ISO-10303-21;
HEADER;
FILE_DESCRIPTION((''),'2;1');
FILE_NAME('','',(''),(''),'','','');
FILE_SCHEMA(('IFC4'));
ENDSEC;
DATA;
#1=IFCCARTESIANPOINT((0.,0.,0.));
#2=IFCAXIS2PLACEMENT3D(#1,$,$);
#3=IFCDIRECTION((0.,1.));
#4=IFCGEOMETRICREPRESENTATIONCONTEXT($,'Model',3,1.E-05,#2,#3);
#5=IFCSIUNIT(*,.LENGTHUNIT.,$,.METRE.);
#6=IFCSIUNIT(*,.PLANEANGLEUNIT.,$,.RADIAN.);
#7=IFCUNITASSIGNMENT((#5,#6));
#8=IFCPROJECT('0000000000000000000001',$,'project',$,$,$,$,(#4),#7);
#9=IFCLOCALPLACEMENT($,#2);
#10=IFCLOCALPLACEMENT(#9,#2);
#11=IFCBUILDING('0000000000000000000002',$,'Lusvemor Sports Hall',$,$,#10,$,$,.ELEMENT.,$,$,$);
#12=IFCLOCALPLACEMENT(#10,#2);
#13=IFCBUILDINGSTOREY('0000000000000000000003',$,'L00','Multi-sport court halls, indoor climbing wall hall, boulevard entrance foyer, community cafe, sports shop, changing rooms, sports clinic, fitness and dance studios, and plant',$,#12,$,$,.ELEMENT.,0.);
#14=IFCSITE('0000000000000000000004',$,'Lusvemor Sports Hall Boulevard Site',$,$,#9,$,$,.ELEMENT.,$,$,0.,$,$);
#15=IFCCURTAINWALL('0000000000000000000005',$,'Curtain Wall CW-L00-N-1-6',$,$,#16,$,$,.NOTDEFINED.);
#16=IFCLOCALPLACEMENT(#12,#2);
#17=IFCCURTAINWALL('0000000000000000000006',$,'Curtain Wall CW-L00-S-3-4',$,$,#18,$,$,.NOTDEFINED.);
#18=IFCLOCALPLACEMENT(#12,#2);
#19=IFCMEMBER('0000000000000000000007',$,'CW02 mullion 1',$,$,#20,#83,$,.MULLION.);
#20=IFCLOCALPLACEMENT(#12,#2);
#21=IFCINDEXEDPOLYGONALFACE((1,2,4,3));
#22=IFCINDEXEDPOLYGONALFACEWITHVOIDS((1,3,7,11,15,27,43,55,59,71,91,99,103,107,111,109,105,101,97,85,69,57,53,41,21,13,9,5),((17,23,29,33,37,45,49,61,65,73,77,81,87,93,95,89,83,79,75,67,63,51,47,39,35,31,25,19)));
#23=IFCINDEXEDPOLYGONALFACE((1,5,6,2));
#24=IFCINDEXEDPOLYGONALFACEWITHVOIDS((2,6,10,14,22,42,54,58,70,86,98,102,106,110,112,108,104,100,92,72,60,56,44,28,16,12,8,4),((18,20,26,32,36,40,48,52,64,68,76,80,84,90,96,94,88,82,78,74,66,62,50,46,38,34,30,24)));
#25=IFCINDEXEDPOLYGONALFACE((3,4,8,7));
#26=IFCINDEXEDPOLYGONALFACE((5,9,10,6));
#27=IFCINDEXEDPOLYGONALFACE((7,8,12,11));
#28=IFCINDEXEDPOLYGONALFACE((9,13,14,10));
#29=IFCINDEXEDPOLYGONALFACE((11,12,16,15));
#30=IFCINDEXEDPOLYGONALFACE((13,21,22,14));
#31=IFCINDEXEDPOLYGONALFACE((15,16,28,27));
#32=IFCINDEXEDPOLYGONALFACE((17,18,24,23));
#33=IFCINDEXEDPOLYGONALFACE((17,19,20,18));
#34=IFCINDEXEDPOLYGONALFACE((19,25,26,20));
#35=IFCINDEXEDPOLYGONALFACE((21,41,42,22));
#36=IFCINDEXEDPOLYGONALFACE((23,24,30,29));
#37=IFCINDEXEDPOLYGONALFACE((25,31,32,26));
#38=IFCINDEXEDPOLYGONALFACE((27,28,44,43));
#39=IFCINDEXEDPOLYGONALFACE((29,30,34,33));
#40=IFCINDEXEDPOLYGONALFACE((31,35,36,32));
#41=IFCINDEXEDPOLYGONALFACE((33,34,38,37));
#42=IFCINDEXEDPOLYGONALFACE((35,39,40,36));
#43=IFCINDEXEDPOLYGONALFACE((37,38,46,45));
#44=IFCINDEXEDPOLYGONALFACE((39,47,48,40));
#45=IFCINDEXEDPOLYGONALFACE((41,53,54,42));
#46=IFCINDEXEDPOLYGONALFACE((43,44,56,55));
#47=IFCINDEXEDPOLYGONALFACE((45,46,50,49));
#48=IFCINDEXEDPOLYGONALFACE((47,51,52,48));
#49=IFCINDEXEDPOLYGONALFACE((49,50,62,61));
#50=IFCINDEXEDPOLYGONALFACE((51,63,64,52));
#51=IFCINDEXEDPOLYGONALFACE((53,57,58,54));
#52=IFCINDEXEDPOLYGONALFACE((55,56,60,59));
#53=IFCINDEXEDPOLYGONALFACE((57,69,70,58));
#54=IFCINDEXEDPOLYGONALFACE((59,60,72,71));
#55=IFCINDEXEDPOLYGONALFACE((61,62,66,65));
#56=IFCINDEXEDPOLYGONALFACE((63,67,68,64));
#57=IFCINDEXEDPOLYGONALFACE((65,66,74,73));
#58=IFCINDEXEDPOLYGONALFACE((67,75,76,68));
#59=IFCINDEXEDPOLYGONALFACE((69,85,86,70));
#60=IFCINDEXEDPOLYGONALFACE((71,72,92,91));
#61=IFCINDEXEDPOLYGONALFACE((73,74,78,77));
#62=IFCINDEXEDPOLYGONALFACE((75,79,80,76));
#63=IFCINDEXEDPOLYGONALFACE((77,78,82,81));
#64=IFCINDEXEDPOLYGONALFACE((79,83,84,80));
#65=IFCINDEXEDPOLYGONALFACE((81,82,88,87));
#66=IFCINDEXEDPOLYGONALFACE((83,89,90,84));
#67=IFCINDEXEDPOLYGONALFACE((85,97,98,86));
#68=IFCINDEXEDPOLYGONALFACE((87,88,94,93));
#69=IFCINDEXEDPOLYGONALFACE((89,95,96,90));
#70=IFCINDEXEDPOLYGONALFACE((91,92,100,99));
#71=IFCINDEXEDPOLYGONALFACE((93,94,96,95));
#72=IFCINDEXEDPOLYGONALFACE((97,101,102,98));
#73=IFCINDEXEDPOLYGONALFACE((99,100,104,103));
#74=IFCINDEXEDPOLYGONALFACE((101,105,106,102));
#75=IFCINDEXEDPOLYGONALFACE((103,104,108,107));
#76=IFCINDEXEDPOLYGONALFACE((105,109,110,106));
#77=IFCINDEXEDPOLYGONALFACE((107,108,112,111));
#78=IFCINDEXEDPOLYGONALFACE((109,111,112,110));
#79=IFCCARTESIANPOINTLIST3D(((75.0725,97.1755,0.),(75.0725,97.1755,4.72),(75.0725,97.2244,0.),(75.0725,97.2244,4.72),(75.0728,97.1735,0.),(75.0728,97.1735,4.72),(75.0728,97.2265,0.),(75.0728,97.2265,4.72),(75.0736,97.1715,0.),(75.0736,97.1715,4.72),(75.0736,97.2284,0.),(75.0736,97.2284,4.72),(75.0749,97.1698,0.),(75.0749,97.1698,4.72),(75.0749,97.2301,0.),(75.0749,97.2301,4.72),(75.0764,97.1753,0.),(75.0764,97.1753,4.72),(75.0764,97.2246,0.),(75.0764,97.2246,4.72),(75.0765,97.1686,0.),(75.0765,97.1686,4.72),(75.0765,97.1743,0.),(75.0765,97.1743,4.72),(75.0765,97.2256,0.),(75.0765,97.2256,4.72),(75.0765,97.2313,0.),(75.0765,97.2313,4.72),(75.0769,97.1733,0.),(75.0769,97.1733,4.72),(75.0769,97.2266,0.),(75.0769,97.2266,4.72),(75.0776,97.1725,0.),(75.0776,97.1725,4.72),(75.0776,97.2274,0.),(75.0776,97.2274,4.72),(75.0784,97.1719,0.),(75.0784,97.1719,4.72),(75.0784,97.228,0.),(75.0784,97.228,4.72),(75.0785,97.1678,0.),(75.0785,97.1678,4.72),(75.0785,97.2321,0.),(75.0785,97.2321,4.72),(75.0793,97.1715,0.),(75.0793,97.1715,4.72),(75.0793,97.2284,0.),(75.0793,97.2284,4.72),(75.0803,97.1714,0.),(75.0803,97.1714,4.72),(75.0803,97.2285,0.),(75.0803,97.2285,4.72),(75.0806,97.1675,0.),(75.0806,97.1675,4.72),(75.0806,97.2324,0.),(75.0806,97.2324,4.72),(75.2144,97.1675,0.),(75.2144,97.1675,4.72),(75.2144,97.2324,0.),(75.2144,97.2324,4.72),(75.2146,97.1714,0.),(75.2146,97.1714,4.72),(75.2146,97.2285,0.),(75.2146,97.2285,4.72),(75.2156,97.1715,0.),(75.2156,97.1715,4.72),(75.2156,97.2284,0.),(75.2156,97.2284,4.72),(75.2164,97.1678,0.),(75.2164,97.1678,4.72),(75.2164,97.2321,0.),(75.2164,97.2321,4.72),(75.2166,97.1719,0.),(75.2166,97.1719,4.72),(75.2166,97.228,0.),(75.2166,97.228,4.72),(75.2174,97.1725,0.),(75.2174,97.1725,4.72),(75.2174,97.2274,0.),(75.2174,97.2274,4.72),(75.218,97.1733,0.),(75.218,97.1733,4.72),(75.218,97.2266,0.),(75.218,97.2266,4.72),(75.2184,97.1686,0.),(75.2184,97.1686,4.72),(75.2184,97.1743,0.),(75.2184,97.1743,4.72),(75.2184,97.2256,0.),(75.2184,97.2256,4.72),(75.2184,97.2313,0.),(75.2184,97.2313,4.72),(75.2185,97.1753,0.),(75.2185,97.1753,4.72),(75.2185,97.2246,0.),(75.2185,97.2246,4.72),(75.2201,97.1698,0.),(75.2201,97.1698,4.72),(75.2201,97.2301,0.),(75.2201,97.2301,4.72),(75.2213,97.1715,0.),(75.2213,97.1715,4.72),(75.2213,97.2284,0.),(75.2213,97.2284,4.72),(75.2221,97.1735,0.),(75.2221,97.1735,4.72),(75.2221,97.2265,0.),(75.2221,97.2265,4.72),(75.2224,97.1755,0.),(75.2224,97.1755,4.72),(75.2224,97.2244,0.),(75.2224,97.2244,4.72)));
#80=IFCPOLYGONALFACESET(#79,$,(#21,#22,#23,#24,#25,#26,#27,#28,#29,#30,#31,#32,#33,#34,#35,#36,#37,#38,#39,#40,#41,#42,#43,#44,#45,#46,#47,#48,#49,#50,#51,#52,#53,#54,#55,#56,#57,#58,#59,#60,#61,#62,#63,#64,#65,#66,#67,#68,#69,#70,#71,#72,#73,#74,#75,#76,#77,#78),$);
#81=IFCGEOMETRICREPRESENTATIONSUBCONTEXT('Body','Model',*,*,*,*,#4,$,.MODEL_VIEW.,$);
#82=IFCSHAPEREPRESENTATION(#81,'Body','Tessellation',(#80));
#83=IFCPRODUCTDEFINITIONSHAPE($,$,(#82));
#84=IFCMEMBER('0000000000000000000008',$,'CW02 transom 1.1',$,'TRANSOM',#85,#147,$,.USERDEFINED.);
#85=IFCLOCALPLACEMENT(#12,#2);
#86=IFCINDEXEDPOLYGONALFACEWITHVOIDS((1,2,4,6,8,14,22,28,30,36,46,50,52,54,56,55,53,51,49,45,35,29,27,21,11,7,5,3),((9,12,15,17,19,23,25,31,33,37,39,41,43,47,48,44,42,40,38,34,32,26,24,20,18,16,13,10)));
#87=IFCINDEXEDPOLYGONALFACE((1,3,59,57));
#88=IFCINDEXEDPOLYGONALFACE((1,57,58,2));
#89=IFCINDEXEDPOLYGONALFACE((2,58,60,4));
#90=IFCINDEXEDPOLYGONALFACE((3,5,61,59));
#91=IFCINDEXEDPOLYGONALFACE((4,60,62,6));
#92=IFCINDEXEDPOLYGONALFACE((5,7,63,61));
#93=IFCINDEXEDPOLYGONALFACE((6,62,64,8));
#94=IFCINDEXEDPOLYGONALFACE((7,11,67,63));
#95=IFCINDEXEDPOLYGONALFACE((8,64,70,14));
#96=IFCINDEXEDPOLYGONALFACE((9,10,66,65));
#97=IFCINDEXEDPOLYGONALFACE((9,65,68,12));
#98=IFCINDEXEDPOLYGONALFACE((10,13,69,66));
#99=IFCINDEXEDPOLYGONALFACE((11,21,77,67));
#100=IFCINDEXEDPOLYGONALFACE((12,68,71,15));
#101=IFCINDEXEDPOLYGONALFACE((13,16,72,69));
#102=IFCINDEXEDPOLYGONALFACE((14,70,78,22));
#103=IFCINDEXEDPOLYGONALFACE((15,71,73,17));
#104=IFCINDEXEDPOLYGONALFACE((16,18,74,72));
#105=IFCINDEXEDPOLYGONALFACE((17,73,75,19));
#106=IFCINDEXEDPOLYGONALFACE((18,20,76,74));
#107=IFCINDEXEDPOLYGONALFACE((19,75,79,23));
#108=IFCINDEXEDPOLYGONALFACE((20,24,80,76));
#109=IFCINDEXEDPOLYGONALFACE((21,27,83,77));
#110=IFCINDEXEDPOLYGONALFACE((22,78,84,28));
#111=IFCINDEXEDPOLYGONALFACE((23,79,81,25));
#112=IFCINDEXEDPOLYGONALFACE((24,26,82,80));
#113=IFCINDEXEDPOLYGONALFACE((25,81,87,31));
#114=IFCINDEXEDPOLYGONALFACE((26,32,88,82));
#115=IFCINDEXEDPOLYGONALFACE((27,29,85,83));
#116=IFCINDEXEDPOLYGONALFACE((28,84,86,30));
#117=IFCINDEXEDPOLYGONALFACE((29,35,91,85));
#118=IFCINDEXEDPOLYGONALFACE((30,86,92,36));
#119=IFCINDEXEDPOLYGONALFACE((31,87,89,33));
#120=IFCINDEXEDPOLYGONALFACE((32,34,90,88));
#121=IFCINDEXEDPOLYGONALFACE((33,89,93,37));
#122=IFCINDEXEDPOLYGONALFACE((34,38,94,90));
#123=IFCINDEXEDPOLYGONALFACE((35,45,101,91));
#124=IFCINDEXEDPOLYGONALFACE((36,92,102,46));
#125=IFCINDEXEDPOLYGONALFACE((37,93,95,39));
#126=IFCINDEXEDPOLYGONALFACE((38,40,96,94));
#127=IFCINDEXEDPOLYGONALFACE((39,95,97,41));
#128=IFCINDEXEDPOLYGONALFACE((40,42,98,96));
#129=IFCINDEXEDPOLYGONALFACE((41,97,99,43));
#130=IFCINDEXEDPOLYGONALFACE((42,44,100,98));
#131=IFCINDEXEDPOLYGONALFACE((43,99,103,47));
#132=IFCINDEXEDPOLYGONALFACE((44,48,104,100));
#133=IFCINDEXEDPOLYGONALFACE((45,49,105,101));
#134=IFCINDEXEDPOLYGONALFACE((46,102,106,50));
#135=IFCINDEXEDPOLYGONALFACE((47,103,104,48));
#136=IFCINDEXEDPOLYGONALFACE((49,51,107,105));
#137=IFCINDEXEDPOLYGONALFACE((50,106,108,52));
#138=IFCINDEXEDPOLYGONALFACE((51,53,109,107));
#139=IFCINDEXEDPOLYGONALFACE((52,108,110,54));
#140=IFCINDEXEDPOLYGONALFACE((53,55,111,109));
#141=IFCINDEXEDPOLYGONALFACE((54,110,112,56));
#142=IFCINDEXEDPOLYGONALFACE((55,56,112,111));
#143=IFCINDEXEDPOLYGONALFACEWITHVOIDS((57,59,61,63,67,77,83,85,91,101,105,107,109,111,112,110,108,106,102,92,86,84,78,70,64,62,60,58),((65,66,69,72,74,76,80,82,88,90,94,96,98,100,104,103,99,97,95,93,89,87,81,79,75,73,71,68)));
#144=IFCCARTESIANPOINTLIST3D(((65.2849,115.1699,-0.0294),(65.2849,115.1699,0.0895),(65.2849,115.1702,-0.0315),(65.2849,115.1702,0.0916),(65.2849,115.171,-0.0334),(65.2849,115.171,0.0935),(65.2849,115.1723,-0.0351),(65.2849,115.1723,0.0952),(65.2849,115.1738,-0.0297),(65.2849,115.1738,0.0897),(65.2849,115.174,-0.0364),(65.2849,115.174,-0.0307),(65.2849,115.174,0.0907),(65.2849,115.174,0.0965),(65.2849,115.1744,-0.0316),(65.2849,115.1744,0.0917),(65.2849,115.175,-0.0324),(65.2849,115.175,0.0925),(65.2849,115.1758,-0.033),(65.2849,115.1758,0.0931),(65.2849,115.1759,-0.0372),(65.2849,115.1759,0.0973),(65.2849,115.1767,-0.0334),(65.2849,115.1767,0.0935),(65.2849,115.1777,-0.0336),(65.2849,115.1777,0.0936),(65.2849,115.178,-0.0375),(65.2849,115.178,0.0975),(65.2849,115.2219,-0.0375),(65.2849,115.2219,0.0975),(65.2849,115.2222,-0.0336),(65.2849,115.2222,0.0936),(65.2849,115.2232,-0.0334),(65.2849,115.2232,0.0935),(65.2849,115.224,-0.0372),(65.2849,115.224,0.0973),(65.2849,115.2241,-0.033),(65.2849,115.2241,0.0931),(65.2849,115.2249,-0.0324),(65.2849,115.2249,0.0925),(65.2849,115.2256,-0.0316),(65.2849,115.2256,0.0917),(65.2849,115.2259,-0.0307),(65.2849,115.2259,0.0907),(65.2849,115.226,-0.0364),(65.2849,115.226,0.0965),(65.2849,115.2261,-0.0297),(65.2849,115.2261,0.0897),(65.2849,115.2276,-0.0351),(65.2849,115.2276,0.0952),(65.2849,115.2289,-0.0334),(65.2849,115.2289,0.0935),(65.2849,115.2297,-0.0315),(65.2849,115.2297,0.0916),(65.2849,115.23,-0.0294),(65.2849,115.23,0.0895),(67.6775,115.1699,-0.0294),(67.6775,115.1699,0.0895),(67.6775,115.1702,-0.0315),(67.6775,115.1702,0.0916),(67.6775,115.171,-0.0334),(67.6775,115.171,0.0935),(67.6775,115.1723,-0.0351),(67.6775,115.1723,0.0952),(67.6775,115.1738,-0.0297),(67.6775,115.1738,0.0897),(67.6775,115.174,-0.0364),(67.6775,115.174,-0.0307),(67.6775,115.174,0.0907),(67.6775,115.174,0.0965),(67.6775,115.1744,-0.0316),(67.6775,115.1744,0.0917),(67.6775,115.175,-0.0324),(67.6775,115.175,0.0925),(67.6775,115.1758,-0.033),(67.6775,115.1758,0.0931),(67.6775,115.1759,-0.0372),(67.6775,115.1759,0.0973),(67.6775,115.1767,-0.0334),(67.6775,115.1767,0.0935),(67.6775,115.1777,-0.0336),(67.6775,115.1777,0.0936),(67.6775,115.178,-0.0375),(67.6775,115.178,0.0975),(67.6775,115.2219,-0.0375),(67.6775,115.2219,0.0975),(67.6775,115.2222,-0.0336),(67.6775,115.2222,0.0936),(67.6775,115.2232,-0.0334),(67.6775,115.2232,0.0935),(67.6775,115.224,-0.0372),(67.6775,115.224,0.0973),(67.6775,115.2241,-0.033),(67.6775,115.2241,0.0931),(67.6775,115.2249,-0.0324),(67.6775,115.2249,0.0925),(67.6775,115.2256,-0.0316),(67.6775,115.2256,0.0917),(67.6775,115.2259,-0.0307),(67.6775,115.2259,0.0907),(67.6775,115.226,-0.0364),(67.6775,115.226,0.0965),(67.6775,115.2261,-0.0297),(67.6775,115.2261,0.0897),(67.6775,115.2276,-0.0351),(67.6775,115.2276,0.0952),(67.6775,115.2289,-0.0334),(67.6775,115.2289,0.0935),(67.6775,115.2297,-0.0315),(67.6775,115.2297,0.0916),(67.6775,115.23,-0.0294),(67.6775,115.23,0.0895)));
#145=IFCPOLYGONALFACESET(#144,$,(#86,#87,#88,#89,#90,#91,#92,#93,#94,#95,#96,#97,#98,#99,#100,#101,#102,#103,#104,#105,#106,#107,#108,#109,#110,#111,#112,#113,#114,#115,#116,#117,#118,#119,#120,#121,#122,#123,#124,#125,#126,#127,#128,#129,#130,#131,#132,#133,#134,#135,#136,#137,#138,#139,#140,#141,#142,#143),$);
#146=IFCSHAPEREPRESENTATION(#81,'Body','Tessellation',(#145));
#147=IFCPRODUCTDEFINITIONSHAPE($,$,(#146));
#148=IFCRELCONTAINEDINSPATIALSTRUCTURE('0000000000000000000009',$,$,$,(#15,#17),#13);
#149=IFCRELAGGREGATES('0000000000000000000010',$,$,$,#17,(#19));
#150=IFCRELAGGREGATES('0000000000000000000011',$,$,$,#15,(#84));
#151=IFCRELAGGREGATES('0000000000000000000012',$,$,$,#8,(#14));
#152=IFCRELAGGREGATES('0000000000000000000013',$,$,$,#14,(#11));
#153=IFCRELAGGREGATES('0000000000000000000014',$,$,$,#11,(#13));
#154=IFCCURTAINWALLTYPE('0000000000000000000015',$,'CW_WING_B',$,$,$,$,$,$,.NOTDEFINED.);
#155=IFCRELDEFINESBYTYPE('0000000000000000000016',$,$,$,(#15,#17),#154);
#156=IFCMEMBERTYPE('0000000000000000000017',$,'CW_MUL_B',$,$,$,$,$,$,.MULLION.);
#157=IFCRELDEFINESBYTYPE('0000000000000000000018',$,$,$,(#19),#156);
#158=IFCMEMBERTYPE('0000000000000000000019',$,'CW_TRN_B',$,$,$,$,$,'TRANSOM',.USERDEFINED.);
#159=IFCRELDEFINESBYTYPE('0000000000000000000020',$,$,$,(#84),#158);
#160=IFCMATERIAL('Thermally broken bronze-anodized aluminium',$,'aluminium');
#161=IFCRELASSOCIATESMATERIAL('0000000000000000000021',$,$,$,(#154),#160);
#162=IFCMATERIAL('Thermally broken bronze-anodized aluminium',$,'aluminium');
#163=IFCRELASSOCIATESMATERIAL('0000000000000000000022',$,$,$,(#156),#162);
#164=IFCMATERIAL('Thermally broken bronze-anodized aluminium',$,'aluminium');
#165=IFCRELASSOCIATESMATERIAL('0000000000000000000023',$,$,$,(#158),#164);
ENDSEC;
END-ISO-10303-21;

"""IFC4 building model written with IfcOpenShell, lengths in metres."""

from ifc_helpers import new_model, si_unit, direction, frame, origin, origin_2d, place, context, subcontext, project, spatial, hollow_rectangle, extrude, material, material_profile, profile_set, type_object, element, aggregate, save


model = new_model("IFC4")

# Units and contexts
model_context = context("Model", 3, precision=1e-05, world=origin(), true_north=direction((0.0, 1.0)))
body_context = subcontext(model_context, "Body", "Model", "MODEL_VIEW")
ifc_project = project(units=[si_unit("LENGTHUNIT", "METRE"), si_unit("PLANEANGLEUNIT", "RADIAN")], contexts=[model_context])

# Site, building, storey
site_placement = place(None, origin())
site = spatial("IfcSite", under=ifc_project, at=site_placement, Name="Lusvemor Sports Hall Boulevard Site", CompositionType="ELEMENT", RefElevation=0.0)
building_placement = place(site_placement, origin())
building = spatial("IfcBuilding", under=site, at=building_placement, Name="Lusvemor Sports Hall", CompositionType="ELEMENT")
storey_placement = place(building_placement, origin())
storey = spatial("IfcBuildingStorey", under=building, at=storey_placement, Name="L00", Description="Multi-sport court halls, indoor climbing wall hall, boulevard entrance foyer, community cafe, sports shop, changing rooms, sports clinic, fitness and dance studios, and plant", CompositionType="ELEMENT", Elevation=0.0)

# Curtain wall
ifc_material_1 = material(Name="Thermally broken bronze-anodized aluminium", Category="aluminium")
curtain_wall_type = type_object("IfcCurtainWallType", Name="CW_WING_B", PredefinedType="NOTDEFINED", material=ifc_material_1)
curtain_wall_1_placement = place(storey_placement, origin())
curtain_wall_1 = element("IfcCurtainWall", 1, at=curtain_wall_1_placement, inside=storey, type_object=curtain_wall_type, Name="Curtain Wall CW-L00-N-1-6", PredefinedType="NOTDEFINED")
ifc_material_2 = material(Name="Thermally broken bronze-anodized aluminium", Category="aluminium")
ifc_material_profile_1 = material_profile(ifc_material_2, hollow_rectangle(XDim=0.0649, YDim=0.1499, WallThickness=0.0039, InnerFilletRadius=0.0039, OuterFilletRadius=0.0081, at=origin_2d()), Name="CWMUL150x65x4")
ifc_profile_set_1 = profile_set([ifc_material_profile_1], Name="Thermally broken bronze-anodized aluminium")
member_type_1 = type_object("IfcMemberType", Name="CW_MUL_B", PredefinedType="MULLION", material=ifc_profile_set_1)

# Curtain wall, member
curtain_wall_2_placement = place(storey_placement, origin())
curtain_wall_2 = element("IfcCurtainWall", 2, at=curtain_wall_2_placement, inside=storey, type_object=curtain_wall_type, Name="Curtain Wall CW-L00-S-3-4", PredefinedType="NOTDEFINED")
member_1_placement = place(storey_placement, frame((75.1475, 97.2, 0.0), z_axis=(0.0, 0.0, 1.0), x_axis=(0.0, -1.0, 0.0)))
member_1 = element("IfcMember", 3, at=member_1_placement, type_object=member_type_1, Name="CW02 mullion 1", PredefinedType="MULLION", context=body_context, shape_type="SweptSolid", body=[
    extrude(hollow_rectangle(XDim=0.0649, YDim=0.1499, WallThickness=0.0039, InnerFilletRadius=0.0039, OuterFilletRadius=0.0081, at=origin_2d()), origin(), (0.0, 0.0, 1.0), 4.72),
])

# Member
ifc_material_3 = material(Name="Thermally broken bronze-anodized aluminium", Category="aluminium")
ifc_material_profile_2 = material_profile(ifc_material_3, hollow_rectangle(XDim=0.0601, YDim=0.135, WallThickness=0.0039, InnerFilletRadius=0.0039, OuterFilletRadius=0.0081, at=origin_2d()), Name="CWTRN135x60x4")
ifc_profile_set_2 = profile_set([ifc_material_profile_2], Name="Thermally broken bronze-anodized aluminium")
member_type_2 = type_object("IfcMemberType", Name="CW_TRN_B", ElementType="TRANSOM", PredefinedType="USERDEFINED", material=ifc_profile_set_2)
member_2_placement = place(storey_placement, frame((65.2849, 115.2, 0.03), z_axis=(1.0, 0.0, 0.0), x_axis=(0.0, 1.0, 0.0)))
member_2 = element("IfcMember", 4, at=member_2_placement, type_object=member_type_2, Name="CW02 transom 1.1", ObjectType="TRANSOM", PredefinedType="USERDEFINED", context=body_context, shape_type="SweptSolid", body=[
    extrude(hollow_rectangle(XDim=0.0601, YDim=0.135, WallThickness=0.0039, InnerFilletRadius=0.0039, OuterFilletRadius=0.0081, at=origin_2d()), origin(), (0.0, 0.0, 1.0), 2.3926),
])
aggregate(curtain_wall_2, [member_1])

aggregate(curtain_wall_1, [member_2])

save(model, "model.ifc")
